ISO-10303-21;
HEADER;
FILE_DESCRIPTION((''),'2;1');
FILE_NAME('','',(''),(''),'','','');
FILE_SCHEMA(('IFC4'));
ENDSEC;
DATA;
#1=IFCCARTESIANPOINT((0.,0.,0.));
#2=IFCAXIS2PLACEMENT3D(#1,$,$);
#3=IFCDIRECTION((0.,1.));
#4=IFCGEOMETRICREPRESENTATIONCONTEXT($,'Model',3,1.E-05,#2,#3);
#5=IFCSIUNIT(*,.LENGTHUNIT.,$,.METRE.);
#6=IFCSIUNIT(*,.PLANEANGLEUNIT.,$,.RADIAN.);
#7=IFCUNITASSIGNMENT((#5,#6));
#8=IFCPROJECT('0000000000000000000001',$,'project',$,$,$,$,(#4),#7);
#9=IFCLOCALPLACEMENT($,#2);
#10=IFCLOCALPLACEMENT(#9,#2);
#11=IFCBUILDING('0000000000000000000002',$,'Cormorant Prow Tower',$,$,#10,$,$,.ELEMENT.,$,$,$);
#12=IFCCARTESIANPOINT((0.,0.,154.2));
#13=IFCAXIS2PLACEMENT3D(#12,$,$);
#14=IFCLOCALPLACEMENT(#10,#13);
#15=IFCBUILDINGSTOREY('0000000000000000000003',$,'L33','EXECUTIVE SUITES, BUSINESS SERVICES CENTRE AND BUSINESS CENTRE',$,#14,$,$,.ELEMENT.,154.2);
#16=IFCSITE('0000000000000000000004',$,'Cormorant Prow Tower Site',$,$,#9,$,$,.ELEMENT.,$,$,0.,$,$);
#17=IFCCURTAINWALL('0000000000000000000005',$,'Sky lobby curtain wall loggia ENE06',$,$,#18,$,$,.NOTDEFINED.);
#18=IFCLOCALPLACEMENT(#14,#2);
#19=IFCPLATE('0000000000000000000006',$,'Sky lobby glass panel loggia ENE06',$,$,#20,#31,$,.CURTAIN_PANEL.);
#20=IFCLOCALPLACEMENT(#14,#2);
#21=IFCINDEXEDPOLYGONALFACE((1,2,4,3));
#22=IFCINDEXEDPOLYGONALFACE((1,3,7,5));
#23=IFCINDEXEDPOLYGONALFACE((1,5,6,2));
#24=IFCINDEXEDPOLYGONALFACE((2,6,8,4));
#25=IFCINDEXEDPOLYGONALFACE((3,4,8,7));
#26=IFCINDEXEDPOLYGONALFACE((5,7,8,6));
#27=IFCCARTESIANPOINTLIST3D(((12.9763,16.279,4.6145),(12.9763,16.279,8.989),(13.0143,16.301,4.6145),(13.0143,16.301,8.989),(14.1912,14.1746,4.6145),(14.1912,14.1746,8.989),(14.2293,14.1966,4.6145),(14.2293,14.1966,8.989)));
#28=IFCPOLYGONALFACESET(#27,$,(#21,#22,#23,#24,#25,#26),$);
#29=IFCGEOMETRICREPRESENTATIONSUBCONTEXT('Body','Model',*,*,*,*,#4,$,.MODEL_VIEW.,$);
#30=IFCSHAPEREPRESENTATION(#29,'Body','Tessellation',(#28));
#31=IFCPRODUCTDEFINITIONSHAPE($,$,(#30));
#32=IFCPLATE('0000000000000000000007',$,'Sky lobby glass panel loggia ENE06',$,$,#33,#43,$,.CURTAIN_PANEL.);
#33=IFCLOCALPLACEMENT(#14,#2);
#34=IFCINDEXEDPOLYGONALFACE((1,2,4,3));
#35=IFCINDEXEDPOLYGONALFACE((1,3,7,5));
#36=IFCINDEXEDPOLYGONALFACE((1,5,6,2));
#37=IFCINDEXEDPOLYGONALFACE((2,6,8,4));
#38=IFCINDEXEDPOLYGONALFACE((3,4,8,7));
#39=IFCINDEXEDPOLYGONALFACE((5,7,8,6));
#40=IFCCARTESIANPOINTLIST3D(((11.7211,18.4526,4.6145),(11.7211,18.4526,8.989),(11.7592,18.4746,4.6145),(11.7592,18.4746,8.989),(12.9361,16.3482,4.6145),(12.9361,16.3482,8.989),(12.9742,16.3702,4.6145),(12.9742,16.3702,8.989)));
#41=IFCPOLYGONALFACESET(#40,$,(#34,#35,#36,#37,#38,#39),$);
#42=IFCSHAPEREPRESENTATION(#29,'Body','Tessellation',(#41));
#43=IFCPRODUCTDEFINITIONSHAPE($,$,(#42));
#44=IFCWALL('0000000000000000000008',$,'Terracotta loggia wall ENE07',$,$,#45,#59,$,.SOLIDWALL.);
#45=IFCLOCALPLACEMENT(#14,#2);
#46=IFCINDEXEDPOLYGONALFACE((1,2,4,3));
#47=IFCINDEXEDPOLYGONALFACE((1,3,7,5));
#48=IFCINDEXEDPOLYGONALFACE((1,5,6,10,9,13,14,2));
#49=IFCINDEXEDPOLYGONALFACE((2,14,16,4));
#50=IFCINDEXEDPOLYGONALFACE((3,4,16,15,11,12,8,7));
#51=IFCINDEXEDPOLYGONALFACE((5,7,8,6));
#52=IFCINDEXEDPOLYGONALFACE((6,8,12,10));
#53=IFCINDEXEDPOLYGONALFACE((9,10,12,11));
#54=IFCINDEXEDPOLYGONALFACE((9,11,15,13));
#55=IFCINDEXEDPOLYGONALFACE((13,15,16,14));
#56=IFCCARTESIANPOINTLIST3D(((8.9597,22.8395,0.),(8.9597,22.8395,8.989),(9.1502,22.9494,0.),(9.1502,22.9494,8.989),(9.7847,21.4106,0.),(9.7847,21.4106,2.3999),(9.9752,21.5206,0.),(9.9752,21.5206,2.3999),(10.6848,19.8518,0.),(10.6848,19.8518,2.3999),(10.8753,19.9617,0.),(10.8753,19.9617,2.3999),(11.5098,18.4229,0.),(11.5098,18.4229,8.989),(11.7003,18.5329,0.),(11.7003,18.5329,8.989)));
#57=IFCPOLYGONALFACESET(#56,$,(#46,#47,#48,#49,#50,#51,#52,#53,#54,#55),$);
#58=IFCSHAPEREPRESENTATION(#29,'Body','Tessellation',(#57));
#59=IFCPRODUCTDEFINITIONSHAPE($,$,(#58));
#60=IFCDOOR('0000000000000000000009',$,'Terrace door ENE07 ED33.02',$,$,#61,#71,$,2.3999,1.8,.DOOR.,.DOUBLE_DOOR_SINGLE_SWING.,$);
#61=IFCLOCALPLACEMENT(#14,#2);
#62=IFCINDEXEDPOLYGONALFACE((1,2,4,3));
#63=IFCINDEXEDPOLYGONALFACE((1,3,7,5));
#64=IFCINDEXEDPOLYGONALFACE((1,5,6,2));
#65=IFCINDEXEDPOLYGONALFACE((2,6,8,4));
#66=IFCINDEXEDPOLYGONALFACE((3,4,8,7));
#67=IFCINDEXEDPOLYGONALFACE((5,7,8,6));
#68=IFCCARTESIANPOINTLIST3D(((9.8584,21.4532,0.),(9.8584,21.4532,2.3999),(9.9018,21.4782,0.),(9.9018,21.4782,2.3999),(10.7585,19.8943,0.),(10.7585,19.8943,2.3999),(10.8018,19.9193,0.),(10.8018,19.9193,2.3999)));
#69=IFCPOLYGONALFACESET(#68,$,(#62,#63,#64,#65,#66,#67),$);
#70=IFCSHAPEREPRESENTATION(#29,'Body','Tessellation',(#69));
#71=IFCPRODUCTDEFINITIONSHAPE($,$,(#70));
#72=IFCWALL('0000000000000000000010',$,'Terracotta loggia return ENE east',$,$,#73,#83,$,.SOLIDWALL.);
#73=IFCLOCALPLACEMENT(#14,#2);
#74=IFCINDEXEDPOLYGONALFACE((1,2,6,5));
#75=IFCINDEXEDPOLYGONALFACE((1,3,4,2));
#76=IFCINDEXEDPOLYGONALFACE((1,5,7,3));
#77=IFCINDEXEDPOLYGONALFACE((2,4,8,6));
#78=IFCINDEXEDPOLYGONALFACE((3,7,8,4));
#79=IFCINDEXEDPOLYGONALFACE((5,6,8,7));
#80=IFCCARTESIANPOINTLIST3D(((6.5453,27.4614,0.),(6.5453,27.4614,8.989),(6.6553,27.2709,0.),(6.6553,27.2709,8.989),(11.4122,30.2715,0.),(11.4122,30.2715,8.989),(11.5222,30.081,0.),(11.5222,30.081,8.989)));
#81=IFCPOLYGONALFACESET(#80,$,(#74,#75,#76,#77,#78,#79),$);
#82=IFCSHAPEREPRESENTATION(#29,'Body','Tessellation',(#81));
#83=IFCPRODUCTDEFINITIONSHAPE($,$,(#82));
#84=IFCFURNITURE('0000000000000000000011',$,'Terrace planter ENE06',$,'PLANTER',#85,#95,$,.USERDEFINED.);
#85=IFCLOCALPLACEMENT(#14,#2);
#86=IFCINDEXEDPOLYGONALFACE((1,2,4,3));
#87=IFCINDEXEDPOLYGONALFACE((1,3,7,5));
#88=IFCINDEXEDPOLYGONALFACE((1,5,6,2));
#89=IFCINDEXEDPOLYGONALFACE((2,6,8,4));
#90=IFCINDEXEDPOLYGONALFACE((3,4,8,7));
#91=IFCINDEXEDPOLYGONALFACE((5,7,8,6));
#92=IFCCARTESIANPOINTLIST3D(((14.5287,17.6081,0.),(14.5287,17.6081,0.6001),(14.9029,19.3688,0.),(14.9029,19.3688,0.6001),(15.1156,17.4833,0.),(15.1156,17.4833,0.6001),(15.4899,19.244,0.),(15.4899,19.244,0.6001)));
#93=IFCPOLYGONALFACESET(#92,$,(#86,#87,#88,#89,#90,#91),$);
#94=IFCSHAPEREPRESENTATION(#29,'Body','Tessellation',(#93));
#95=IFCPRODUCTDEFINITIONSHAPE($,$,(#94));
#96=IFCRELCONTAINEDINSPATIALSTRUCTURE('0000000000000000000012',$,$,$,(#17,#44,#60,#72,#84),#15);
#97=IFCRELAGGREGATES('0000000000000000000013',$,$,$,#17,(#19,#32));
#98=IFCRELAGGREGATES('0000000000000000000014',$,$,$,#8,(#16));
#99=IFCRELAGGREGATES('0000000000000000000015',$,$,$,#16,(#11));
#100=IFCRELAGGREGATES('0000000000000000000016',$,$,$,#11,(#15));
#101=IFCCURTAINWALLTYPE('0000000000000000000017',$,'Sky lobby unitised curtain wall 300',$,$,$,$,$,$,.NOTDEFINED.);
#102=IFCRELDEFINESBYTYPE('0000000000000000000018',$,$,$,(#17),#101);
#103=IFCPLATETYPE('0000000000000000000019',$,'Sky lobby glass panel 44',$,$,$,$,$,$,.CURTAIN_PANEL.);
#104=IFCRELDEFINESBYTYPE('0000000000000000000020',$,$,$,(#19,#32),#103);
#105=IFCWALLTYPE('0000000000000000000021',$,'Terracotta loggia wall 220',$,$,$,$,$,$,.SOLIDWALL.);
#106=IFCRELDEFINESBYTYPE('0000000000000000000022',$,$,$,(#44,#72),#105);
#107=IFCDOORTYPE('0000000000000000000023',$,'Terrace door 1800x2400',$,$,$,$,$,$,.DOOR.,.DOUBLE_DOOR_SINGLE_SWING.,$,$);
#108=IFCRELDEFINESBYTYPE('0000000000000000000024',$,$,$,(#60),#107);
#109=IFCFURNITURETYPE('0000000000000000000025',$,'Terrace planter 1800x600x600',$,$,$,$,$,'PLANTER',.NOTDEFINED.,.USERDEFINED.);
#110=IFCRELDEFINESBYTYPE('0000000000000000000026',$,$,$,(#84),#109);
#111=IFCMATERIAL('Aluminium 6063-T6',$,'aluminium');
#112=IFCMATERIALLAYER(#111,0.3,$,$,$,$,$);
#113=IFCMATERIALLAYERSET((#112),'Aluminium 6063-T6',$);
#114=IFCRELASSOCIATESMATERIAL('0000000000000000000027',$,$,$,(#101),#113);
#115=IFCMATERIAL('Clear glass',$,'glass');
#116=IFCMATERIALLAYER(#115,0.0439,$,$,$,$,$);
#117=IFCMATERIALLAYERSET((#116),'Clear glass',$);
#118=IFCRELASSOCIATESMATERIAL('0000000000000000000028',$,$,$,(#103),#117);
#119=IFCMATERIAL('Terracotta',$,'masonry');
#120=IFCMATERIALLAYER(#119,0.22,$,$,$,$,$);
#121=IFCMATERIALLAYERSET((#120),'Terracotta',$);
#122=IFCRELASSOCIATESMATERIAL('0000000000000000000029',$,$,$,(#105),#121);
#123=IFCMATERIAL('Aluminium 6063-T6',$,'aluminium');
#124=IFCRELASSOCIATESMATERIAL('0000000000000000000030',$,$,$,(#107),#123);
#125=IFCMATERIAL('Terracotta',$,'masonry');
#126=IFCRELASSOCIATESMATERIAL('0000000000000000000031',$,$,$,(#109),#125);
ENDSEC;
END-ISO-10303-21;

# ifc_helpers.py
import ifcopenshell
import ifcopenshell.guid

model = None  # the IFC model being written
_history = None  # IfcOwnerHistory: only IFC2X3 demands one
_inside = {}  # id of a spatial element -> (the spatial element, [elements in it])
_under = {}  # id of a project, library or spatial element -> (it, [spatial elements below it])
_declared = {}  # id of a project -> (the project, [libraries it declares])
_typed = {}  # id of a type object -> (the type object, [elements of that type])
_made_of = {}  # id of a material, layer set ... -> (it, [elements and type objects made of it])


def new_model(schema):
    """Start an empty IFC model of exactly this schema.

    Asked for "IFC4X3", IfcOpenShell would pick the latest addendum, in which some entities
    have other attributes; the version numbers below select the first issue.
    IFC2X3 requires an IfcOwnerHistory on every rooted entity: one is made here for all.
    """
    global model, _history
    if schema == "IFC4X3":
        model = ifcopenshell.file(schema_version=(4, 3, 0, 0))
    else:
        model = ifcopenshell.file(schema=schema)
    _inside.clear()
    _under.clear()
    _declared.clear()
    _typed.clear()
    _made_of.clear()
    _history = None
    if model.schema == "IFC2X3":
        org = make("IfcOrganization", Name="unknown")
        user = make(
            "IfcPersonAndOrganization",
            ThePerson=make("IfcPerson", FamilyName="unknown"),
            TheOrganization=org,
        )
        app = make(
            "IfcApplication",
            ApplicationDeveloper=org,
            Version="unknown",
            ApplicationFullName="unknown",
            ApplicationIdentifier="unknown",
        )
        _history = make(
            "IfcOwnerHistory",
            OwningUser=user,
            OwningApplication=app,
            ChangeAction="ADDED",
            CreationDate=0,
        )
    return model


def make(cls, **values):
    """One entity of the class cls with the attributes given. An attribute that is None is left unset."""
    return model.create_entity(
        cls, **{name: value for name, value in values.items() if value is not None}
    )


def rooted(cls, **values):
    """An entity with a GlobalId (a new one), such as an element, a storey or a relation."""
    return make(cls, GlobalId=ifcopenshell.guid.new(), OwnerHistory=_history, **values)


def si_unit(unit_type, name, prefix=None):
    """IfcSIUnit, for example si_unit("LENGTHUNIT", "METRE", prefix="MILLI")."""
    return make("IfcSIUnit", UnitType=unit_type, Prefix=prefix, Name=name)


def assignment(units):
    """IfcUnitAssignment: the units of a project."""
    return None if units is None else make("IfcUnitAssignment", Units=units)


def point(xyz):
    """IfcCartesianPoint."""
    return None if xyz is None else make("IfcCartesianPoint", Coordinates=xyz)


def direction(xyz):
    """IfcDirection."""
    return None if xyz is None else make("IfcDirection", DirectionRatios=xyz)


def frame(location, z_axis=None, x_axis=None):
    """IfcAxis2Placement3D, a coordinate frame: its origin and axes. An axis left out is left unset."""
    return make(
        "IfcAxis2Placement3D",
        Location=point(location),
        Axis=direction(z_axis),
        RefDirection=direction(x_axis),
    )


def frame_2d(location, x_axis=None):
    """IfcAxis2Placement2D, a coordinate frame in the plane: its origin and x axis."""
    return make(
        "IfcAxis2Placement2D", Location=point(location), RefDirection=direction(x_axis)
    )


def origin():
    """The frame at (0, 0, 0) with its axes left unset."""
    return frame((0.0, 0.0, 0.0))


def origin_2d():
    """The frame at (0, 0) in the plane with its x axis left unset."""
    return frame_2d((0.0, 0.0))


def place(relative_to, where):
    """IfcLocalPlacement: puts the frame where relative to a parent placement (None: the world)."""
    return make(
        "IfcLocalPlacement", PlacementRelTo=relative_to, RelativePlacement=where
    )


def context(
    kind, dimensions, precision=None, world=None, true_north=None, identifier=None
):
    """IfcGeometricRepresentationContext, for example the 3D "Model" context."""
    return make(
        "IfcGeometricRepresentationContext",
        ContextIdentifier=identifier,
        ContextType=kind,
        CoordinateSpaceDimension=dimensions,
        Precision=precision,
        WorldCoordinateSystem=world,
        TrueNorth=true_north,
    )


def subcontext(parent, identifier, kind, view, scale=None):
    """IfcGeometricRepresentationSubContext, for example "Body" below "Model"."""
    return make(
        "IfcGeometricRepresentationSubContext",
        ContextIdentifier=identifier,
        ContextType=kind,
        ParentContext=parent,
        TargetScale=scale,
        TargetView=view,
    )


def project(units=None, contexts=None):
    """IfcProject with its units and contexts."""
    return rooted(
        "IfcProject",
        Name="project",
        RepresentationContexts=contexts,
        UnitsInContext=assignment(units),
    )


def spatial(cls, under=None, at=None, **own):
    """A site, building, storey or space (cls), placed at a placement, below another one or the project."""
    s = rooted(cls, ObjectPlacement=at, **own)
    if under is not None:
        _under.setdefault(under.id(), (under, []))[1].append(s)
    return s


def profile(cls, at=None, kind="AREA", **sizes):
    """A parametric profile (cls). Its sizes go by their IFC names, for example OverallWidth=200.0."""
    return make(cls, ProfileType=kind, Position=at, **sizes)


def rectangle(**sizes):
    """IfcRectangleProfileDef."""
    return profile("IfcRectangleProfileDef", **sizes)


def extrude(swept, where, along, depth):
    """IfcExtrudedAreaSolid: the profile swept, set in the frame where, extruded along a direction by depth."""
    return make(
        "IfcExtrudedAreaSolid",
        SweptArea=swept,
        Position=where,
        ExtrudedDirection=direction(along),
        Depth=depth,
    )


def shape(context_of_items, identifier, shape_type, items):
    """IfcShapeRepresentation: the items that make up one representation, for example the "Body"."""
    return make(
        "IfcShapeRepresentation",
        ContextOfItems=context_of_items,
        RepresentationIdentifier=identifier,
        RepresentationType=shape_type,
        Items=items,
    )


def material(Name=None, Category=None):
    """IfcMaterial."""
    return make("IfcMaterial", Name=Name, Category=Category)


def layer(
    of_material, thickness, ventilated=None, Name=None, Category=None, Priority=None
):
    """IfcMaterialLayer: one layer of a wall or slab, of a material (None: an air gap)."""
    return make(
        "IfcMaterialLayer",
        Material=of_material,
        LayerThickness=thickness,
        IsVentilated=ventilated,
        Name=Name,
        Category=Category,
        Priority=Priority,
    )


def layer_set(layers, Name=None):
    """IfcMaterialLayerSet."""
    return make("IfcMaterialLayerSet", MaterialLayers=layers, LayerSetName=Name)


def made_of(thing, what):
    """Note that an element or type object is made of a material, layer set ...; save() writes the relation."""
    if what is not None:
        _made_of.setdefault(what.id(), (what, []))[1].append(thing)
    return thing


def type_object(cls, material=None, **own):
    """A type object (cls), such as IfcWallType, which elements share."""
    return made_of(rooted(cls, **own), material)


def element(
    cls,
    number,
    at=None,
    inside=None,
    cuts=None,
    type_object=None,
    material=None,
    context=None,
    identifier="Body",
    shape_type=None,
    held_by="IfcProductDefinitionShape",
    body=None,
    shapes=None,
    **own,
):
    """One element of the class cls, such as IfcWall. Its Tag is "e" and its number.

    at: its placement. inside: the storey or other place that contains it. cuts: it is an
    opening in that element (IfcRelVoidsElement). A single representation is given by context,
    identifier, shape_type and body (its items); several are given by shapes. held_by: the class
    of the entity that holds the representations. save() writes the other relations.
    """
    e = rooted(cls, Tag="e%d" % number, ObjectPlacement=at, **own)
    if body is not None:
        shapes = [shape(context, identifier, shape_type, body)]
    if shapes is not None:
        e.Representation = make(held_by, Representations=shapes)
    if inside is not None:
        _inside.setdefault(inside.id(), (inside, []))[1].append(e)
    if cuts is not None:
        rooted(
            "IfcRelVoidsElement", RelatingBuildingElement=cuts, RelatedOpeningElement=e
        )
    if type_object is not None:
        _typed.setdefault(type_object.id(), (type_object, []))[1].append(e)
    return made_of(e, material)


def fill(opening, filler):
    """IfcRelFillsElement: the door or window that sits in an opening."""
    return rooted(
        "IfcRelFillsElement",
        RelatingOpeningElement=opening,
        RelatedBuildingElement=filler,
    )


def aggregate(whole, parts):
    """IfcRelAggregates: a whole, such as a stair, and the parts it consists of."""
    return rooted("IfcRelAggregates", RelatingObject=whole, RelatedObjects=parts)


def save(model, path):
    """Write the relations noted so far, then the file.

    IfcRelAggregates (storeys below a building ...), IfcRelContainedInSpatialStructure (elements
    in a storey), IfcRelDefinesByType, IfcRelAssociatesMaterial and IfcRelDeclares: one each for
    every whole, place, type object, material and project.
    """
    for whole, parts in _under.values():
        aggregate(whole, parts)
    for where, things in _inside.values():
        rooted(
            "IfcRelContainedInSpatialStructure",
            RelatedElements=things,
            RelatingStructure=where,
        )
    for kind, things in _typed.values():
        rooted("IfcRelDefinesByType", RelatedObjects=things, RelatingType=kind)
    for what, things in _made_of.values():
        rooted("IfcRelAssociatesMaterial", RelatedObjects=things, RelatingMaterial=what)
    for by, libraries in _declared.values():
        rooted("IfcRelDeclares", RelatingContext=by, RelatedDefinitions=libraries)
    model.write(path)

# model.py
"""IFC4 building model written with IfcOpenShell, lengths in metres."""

from ifc_helpers import new_model, si_unit, direction, frame, frame_2d, origin, origin_2d, place, context, subcontext, project, spatial, rectangle, extrude, material, layer, layer_set, type_object, element, fill, aggregate, save


model = new_model("IFC4")

# Units and contexts
model_context = context("Model", 3, precision=1e-05, world=origin(), true_north=direction((0.0, 1.0)))
body_context = subcontext(model_context, "Body", "Model", "MODEL_VIEW")
ifc_project = project(units=[si_unit("LENGTHUNIT", "METRE"), si_unit("PLANEANGLEUNIT", "RADIAN")], contexts=[model_context])

# Site, building, storey
site_placement = place(None, origin())
site = spatial("IfcSite", under=ifc_project, at=site_placement, Name="Cormorant Prow Tower Site", CompositionType="ELEMENT", RefElevation=0.0)
building_placement = place(site_placement, origin())
building = spatial("IfcBuilding", under=site, at=building_placement, Name="Cormorant Prow Tower", CompositionType="ELEMENT")
storey_placement = place(building_placement, frame((0.0, 0.0, 154.2)))
storey = spatial("IfcBuildingStorey", under=building, at=storey_placement, Name="L33", Description="EXECUTIVE SUITES, BUSINESS SERVICES CENTRE AND BUSINESS CENTRE", CompositionType="ELEMENT", Elevation=154.2)

# Shared definitions
ifc_material_1 = material(Name="Aluminium 6063-T6", Category="aluminium")
ifc_layer_1 = layer(ifc_material_1, 0.3)
ifc_layer_set_1 = layer_set([ifc_layer_1], Name="Aluminium 6063-T6")
curtain_wall_type = type_object("IfcCurtainWallType", Name="Sky lobby unitised curtain wall 300", PredefinedType="NOTDEFINED", material=ifc_layer_set_1)

# Curtain wall
curtain_wall_1_placement = place(storey_placement, origin())
curtain_wall_1 = element("IfcCurtainWall", 1, at=curtain_wall_1_placement, inside=storey, type_object=curtain_wall_type, Name="Sky lobby curtain wall loggia ENE06", PredefinedType="NOTDEFINED")

# Plates
ifc_material_2 = material(Name="Clear glass", Category="glass")
ifc_layer_2 = layer(ifc_material_2, 0.0439)
ifc_layer_set_2 = layer_set([ifc_layer_2], Name="Clear glass")
plate_type = type_object("IfcPlateType", Name="Sky lobby glass panel 44", PredefinedType="CURTAIN_PANEL", material=ifc_layer_set_2)
plate_1_placement = place(storey_placement, frame((13.6028, 15.2378, 4.6145), z_axis=(0.0, 0.0, 1.0), x_axis=(-0.5, 0.866025, 0.0)))
plate_1 = element("IfcPlate", 2, at=plate_1_placement, type_object=plate_type, Name="Sky lobby glass panel loggia ENE06", PredefinedType="CURTAIN_PANEL", context=body_context, shape_type="SweptSolid", body=[
    extrude(rectangle(XDim=2.4299, YDim=0.0439, at=origin_2d()), origin(), (0.0, 0.0, 1.0), 4.3745),
])
plate_2_placement = place(storey_placement, frame((12.3477, 17.4114, 4.6145), z_axis=(0.0, 0.0, 1.0), x_axis=(-0.5, 0.866025, 0.0)))
plate_2 = element("IfcPlate", 3, at=plate_2_placement, type_object=plate_type, Name="Sky lobby glass panel loggia ENE06", PredefinedType="CURTAIN_PANEL", context=body_context, shape_type="SweptSolid", body=[
    extrude(rectangle(XDim=2.4299, YDim=0.0439, at=origin_2d()), origin(), (0.0, 0.0, 1.0), 4.3745),
])
aggregate(curtain_wall_1, [plate_1, plate_2])

# Wall, opening, door
ifc_material_3 = material(Name="Terracotta", Category="masonry")
ifc_layer_3 = layer(ifc_material_3, 0.22)
ifc_layer_set_3 = layer_set([ifc_layer_3], Name="Terracotta")
wall_type = type_object("IfcWallType", Name="Terracotta loggia wall 220", PredefinedType="SOLIDWALL", material=ifc_layer_set_3)
wall_1_placement = place(storey_placement, frame((11.605, 18.478, 0.0), z_axis=(0.0, 0.0, 1.0), x_axis=(-0.500026, 0.86601, 0.0)))
wall_1 = element("IfcWall", 4, at=wall_1_placement, inside=storey, type_object=wall_type, Name="Terracotta loggia wall ENE07", PredefinedType="SOLIDWALL", context=body_context, shape_type="SweptSolid", body=[
    extrude(rectangle(XDim=5.0999, YDim=0.22, at=frame_2d((2.5498, 0.0))), origin(), (0.0, 0.0, 1.0), 8.989),
])
opening_placement = place(wall_1_placement, frame((1.6499, 0.0, 0.0)))
opening = element("IfcOpeningElement", 5, at=opening_placement, cuts=wall_1, PredefinedType="OPENING", context=body_context, shape_type="SweptSolid", body=[
    extrude(rectangle(XDim=1.8, YDim=2.3999, at=frame_2d((0.8999, 1.2))), frame((0.0, 0.1199, 0.0), z_axis=(0.0, -1.0, 0.0), x_axis=(1.0, 0.0, 0.0)), (0.0, 0.0, 1.0), 0.24),
])
ifc_material_4 = material(Name="Aluminium 6063-T6", Category="aluminium")
door_type = type_object("IfcDoorType", Name="Terrace door 1800x2400", OperationType="DOUBLE_DOOR_SINGLE_SWING", PredefinedType="DOOR", material=ifc_material_4)
door_placement = place(opening_placement, origin())
door = element("IfcDoor", 6, at=door_placement, inside=storey, type_object=door_type, Name="Terrace door ENE07 ED33.02", OperationType="DOUBLE_DOOR_SINGLE_SWING", OverallHeight=2.3999, OverallWidth=1.8, PredefinedType="DOOR", context=body_context, shape_type="SweptSolid", body=[
    extrude(rectangle(XDim=1.8, YDim=2.3999, at=frame_2d((0.8999, 1.2))), frame((0.0, 0.0249, 0.0), z_axis=(0.0, -1.0, 0.0), x_axis=(1.0, 0.0, 0.0)), (0.0, 0.0, 1.0), 0.05),
])
fill(opening, door)

# Wall
wall_2_placement = place(storey_placement, frame((11.4673, 30.1763, 0.0), z_axis=(0.0, 0.0, 1.0), x_axis=(-0.866016, -0.500017, 0.0)))
element("IfcWall", 7, at=wall_2_placement, inside=storey, type_object=wall_type, Name="Terracotta loggia return ENE east", PredefinedType="SOLIDWALL", context=body_context, shape_type="SweptSolid", body=[
    extrude(rectangle(XDim=5.6199, YDim=0.22, at=frame_2d((2.8101, 0.0))), origin(), (0.0, 0.0, 1.0), 8.989),
])

# Furniture
ifc_material_5 = material(Name="Terracotta", Category="masonry")
furniture_type = type_object("IfcFurnitureType", Name="Terrace planter 1800x600x600", ElementType="PLANTER", AssemblyPlace="NOTDEFINED", PredefinedType="USERDEFINED", material=ifc_material_5)
furniture_placement = place(storey_placement, frame((15.0093, 18.426, 0.0), z_axis=(0.0, 0.0, 1.0), x_axis=(0.207912, 0.978148, 0.0)))
element("IfcFurniture", 8, at=furniture_placement, inside=storey, type_object=furniture_type, Name="Terrace planter ENE06", ObjectType="PLANTER", PredefinedType="USERDEFINED", context=body_context, shape_type="SweptSolid", body=[
    extrude(rectangle(XDim=1.8, YDim=0.6001, at=origin_2d()), origin(), (0.0, 0.0, 1.0), 0.6001),
])

save(model, "model.ifc")
